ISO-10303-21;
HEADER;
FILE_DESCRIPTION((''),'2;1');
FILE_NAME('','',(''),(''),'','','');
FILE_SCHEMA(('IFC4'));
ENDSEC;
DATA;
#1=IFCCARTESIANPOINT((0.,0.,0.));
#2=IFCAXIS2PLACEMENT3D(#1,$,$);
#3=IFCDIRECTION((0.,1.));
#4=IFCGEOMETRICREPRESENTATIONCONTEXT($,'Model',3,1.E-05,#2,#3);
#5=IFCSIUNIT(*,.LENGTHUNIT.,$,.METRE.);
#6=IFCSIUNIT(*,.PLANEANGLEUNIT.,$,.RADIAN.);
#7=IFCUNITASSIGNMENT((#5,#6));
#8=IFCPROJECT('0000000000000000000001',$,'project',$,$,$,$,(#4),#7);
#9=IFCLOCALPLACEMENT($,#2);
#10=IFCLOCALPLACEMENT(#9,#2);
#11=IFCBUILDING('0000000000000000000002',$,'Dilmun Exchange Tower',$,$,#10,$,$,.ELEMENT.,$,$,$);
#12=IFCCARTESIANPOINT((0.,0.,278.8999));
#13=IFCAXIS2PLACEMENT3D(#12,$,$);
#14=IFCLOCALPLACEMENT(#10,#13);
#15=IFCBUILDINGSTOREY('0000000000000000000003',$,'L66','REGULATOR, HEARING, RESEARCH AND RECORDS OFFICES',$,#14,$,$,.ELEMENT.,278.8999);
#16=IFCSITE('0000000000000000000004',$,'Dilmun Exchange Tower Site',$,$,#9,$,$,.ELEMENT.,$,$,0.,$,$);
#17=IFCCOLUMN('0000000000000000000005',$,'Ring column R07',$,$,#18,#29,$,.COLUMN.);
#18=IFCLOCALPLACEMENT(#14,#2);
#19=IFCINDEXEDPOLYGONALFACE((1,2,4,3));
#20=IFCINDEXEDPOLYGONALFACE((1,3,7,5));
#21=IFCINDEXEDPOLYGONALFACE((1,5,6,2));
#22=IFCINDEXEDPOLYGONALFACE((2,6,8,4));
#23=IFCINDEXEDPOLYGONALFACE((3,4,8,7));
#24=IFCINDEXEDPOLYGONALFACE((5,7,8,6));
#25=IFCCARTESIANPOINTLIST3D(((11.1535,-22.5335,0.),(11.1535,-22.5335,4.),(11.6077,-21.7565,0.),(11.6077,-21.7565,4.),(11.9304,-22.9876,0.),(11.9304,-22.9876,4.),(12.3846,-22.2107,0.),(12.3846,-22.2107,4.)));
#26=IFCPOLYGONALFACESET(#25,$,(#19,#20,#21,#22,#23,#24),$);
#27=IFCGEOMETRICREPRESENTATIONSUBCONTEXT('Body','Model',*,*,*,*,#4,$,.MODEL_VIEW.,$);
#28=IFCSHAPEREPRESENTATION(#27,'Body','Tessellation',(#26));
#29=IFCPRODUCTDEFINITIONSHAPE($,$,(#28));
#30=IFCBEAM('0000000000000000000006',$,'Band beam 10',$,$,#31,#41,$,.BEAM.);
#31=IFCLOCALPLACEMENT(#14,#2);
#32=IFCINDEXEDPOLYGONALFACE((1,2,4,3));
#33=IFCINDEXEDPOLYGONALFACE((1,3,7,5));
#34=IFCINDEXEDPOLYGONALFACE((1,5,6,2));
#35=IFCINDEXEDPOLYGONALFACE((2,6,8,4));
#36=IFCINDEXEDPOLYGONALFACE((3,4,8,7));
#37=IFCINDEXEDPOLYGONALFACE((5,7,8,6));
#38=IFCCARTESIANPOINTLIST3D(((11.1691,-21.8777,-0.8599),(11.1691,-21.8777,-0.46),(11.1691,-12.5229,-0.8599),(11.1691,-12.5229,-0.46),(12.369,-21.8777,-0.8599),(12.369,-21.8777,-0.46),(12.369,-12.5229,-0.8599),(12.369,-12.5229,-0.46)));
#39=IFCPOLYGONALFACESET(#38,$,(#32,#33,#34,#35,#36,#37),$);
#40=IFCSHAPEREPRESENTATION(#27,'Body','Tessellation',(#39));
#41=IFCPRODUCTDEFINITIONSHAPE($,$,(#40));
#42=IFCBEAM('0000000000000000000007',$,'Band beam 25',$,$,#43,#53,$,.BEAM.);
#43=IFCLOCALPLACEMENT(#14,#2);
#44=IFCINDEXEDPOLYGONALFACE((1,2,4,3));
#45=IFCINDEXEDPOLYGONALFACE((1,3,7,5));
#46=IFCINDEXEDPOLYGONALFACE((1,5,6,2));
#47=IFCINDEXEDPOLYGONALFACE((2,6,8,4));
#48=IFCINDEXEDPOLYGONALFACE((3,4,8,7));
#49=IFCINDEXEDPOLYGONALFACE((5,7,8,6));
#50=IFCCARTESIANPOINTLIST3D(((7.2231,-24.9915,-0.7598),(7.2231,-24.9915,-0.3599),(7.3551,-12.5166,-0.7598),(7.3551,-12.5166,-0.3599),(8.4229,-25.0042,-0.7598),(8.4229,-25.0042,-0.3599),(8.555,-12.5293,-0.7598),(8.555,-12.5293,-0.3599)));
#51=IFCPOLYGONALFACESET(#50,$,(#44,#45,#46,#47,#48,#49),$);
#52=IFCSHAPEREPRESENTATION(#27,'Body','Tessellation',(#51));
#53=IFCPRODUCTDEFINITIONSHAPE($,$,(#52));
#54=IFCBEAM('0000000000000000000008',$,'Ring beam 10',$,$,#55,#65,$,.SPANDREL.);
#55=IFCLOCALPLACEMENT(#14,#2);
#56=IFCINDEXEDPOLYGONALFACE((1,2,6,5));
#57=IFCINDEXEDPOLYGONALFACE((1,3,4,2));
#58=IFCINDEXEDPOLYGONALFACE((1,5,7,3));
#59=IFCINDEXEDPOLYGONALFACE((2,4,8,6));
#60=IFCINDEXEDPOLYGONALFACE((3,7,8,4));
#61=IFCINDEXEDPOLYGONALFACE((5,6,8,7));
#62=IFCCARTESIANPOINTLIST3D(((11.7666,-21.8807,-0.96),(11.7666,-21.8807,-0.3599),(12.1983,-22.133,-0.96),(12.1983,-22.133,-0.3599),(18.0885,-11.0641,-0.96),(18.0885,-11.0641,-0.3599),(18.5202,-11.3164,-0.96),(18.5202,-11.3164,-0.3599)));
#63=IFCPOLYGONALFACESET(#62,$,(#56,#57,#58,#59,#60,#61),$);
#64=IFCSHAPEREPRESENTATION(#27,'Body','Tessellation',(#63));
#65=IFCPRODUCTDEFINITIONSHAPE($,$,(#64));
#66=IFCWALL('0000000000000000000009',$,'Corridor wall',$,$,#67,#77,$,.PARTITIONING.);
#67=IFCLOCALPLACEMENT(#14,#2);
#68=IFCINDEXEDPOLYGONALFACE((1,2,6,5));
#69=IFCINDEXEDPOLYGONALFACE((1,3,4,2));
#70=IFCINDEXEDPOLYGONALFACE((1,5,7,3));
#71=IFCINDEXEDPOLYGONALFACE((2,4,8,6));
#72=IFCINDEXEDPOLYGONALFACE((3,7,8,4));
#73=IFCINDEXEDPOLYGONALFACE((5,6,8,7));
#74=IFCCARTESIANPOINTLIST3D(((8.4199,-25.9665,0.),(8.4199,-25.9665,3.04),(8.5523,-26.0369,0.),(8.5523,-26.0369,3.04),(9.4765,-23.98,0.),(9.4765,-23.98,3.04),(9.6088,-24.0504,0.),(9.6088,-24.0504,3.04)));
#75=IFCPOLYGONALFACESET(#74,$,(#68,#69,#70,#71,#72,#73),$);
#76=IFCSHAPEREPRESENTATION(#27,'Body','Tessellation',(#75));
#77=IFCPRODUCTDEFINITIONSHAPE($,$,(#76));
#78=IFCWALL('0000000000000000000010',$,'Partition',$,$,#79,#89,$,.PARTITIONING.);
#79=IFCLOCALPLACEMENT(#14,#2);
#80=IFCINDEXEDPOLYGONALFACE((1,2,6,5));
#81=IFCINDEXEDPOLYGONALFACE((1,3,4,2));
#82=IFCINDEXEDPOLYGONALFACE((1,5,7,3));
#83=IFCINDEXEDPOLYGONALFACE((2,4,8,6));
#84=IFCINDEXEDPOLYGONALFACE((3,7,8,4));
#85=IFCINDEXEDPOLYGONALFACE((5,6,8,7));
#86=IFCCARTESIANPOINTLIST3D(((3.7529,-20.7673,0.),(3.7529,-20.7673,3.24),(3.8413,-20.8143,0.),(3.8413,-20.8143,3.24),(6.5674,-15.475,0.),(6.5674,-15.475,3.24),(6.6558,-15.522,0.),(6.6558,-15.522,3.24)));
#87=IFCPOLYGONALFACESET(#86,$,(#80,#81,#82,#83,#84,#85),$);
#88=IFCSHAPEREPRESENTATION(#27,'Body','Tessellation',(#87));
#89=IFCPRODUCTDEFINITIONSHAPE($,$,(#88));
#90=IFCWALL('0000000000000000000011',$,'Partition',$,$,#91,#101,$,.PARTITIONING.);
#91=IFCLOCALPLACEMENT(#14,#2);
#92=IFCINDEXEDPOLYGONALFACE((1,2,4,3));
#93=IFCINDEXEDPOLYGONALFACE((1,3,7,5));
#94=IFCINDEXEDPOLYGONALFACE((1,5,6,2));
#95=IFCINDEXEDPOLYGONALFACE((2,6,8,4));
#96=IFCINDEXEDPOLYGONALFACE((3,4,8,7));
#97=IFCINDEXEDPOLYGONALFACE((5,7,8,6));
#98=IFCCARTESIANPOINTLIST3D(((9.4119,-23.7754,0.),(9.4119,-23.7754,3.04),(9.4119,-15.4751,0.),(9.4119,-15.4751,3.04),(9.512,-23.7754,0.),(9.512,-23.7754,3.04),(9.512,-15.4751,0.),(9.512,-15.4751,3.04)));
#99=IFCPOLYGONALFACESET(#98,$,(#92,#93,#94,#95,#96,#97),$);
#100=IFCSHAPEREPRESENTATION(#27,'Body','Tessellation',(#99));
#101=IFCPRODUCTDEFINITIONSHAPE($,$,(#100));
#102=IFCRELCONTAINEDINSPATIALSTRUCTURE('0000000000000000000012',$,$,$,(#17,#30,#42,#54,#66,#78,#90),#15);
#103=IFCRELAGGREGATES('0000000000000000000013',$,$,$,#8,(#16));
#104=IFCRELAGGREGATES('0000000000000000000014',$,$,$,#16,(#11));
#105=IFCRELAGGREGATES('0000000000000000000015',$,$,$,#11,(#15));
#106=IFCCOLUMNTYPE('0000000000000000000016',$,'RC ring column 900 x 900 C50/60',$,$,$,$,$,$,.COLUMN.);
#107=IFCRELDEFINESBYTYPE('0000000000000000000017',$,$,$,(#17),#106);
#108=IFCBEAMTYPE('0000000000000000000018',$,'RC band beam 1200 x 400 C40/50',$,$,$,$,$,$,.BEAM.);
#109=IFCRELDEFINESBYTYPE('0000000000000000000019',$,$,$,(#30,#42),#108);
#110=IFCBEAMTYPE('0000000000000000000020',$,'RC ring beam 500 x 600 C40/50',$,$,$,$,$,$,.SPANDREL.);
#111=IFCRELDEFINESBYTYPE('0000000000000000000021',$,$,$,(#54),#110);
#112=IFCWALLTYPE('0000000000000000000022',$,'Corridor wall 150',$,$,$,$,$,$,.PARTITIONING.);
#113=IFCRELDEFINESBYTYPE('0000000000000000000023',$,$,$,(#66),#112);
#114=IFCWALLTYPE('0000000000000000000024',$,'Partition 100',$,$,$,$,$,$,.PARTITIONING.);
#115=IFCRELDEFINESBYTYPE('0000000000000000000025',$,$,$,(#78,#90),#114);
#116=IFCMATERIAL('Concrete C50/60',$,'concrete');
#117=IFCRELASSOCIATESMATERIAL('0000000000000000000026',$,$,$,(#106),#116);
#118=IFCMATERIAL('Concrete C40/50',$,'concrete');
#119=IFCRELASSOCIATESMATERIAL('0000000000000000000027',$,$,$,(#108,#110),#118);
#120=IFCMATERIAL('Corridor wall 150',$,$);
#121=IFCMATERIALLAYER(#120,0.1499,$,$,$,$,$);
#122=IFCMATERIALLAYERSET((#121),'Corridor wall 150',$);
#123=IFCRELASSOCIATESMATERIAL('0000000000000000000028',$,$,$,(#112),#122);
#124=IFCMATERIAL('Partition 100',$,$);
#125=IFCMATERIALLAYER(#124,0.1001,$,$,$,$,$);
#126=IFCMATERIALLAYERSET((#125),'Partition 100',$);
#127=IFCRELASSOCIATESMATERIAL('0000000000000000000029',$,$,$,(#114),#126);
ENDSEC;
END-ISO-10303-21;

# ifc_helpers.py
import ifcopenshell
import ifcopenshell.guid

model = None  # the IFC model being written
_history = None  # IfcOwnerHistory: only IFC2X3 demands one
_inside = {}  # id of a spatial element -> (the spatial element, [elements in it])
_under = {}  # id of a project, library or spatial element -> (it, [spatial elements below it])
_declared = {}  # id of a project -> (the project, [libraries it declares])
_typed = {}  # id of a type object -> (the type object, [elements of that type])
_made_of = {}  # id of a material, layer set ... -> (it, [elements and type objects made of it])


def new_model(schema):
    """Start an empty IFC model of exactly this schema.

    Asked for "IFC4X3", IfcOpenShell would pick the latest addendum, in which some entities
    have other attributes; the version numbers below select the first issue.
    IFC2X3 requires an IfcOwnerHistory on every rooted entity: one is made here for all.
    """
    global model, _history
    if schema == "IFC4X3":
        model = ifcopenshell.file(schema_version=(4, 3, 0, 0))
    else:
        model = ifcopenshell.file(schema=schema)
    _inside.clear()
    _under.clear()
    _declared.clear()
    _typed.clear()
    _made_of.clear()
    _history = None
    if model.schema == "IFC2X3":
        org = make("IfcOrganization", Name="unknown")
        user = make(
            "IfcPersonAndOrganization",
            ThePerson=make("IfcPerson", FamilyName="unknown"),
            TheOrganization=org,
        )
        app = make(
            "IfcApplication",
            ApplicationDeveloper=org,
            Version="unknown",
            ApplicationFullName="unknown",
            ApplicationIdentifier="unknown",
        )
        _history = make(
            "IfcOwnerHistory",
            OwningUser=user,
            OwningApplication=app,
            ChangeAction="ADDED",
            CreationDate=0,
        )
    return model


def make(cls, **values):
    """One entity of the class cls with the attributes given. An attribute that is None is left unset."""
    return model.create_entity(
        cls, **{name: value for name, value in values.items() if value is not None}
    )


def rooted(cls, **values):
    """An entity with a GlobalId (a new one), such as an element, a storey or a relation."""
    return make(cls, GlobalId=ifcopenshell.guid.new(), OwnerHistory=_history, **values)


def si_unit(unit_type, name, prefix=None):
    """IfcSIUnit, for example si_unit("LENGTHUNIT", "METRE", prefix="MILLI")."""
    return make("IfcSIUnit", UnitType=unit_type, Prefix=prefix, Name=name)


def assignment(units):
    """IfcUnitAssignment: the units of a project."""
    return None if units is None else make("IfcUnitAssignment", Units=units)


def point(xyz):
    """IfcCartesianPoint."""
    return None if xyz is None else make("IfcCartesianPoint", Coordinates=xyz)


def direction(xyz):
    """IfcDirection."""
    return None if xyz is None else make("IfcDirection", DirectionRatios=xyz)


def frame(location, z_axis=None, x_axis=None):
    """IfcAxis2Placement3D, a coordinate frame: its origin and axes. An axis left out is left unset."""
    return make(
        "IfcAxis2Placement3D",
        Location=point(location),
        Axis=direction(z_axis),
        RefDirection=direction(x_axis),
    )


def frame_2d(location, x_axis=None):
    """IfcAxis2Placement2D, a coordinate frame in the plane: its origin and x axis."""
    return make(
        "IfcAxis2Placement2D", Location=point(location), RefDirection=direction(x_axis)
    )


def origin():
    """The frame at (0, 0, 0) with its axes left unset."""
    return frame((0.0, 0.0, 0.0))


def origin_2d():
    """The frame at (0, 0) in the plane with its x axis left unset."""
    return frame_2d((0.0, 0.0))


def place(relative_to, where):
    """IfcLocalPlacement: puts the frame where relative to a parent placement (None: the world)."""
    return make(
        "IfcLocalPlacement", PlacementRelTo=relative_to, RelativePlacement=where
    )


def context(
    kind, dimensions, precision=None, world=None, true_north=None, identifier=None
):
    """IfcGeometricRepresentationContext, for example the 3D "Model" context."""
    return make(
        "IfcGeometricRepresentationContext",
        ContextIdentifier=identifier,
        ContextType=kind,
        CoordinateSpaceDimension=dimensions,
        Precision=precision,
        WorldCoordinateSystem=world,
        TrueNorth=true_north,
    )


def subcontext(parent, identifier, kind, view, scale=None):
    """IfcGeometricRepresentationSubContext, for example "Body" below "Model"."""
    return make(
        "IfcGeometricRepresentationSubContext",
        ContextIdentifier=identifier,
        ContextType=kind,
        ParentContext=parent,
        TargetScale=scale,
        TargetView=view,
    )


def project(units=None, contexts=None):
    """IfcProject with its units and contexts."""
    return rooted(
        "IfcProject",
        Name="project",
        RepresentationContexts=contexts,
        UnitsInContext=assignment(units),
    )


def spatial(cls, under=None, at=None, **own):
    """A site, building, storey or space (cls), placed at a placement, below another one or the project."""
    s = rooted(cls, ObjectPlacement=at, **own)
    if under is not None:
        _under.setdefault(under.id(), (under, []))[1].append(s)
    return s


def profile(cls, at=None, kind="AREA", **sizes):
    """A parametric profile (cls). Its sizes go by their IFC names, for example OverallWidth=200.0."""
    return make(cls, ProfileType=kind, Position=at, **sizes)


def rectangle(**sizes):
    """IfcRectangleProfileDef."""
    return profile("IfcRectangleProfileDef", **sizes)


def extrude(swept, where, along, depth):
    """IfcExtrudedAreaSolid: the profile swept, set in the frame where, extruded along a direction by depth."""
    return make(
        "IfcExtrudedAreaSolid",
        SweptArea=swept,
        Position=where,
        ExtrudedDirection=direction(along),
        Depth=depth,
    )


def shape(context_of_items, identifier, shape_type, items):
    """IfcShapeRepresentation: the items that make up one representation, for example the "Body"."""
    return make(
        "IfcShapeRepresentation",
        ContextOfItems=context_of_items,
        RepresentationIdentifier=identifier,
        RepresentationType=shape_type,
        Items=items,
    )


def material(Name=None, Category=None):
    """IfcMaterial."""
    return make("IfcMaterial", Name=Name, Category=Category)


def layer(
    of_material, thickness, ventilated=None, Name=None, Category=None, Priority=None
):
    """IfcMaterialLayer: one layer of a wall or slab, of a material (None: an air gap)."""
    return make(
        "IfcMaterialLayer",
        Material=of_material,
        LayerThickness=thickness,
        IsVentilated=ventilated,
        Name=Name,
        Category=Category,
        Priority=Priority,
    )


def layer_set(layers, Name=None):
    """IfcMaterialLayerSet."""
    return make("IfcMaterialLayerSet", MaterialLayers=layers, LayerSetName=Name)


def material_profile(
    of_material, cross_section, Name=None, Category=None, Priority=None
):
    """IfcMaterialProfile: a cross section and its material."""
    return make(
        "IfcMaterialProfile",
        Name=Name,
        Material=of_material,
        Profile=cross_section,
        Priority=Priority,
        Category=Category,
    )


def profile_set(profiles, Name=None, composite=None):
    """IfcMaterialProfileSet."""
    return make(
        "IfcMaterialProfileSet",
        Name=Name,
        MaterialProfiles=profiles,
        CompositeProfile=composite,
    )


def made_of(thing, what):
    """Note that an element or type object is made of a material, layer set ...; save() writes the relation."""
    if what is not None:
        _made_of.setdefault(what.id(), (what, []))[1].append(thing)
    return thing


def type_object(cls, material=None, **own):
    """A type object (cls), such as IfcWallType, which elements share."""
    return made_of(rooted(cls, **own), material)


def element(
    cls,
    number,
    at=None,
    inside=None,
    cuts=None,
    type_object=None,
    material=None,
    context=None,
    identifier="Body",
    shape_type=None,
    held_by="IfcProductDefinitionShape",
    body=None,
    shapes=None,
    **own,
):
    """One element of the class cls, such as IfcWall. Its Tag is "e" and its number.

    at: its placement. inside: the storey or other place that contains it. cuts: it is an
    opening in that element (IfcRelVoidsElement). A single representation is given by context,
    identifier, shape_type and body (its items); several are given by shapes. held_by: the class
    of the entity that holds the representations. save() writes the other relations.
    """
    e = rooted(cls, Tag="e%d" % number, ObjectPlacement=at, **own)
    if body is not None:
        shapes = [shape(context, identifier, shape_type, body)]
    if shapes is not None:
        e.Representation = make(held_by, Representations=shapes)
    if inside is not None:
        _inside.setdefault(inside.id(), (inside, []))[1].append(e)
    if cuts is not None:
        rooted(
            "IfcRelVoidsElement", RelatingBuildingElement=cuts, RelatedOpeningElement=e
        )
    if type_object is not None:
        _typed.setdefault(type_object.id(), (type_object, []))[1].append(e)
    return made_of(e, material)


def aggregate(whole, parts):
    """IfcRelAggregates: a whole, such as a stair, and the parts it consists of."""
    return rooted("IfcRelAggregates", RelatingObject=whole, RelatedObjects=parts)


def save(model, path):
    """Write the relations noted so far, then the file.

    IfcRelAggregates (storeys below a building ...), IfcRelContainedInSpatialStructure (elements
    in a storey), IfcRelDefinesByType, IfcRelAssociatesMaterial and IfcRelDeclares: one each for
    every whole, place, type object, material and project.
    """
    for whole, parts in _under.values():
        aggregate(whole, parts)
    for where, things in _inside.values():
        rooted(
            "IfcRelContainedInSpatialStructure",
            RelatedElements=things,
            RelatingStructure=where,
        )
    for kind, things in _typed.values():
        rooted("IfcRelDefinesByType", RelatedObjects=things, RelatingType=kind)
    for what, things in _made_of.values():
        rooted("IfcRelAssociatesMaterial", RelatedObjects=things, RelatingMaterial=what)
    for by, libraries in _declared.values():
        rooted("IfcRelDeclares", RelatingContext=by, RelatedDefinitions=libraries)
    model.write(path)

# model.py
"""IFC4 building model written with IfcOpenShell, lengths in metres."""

from ifc_helpers import new_model, si_unit, direction, frame, frame_2d, origin, origin_2d, place, context, subcontext, project, spatial, rectangle, extrude, material, layer, layer_set, material_profile, profile_set, type_object, element, save


model = new_model("IFC4")

# Units and contexts
model_context = context("Model", 3, precision=1e-05, world=origin(), true_north=direction((0.0, 1.0)))
body_context = subcontext(model_context, "Body", "Model", "MODEL_VIEW")
ifc_project = project(units=[si_unit("LENGTHUNIT", "METRE"), si_unit("PLANEANGLEUNIT", "RADIAN")], contexts=[model_context])

# Site, building, storey
site_placement = place(None, origin())
site = spatial("IfcSite", under=ifc_project, at=site_placement, Name="Dilmun Exchange Tower Site", CompositionType="ELEMENT", RefElevation=0.0)
building_placement = place(site_placement, origin())
building = spatial("IfcBuilding", under=site, at=building_placement, Name="Dilmun Exchange Tower", CompositionType="ELEMENT")
storey_placement = place(building_placement, frame((0.0, 0.0, 278.8999)))
storey = spatial("IfcBuildingStorey", under=building, at=storey_placement, Name="L66", Description="REGULATOR, HEARING, RESEARCH AND RECORDS OFFICES", CompositionType="ELEMENT", Elevation=278.8999)

# Column
ifc_material_1 = material(Name="Concrete C50/60", Category="concrete")
ifc_material_profile_1 = material_profile(ifc_material_1, rectangle(XDim=0.8999, YDim=0.8999, at=origin_2d()), Name="900 x 900")
ifc_profile_set_1 = profile_set([ifc_material_profile_1], Name="Concrete C50/60")
column_type = type_object("IfcColumnType", Name="RC ring column 900 x 900 C50/60", PredefinedType="COLUMN", material=ifc_profile_set_1)
column_placement = place(storey_placement, frame((11.769, -22.3721, 0.0), z_axis=(0.0, 0.0, 1.0), x_axis=(0.504644, 0.863328, 0.0)))
element("IfcColumn", 1, at=column_placement, inside=storey, type_object=column_type, Name="Ring column R07", PredefinedType="COLUMN", context=body_context, shape_type="SweptSolid", body=[
    extrude(rectangle(XDim=0.8999, YDim=0.8999, at=origin_2d()), origin(), (0.0, 0.0, 1.0), 4.0),
])

# Beams
ifc_material_2 = material(Name="Concrete C40/50", Category="concrete")
ifc_material_profile_2 = material_profile(ifc_material_2, rectangle(XDim=1.2, YDim=0.3999, at=origin_2d()), Name="1200 x 400")
ifc_profile_set_2 = profile_set([ifc_material_profile_2], Name="Concrete C40/50")
beam_type_1 = type_object("IfcBeamType", Name="RC band beam 1200 x 400 C40/50", PredefinedType="BEAM", material=ifc_profile_set_2)
beam_1_placement = place(storey_placement, frame((11.769, -21.8777, -0.6599), z_axis=(0.0, 1.0, 0.0), x_axis=(-1.0, 0.0, 0.0)))
element("IfcBeam", 2, at=beam_1_placement, inside=storey, type_object=beam_type_1, Name="Band beam 10", PredefinedType="BEAM", context=body_context, shape_type="SweptSolid", body=[
    extrude(rectangle(XDim=1.2, YDim=0.3999, at=origin_2d()), origin(), (0.0, 0.0, 1.0), 9.3547),
])
beam_2_placement = place(storey_placement, frame((7.823, -24.9978, -0.5598), z_axis=(0.010587, 0.999944, 0.0), x_axis=(-0.999944, 0.010587, 0.0)))
element("IfcBeam", 3, at=beam_2_placement, inside=storey, type_object=beam_type_1, Name="Band beam 25", PredefinedType="BEAM", context=body_context, shape_type="SweptSolid", body=[
    extrude(rectangle(XDim=1.2, YDim=0.3999, at=origin_2d()), origin(), (0.0, 0.0, 1.0), 12.4756),
])
ifc_material_profile_3 = material_profile(ifc_material_2, rectangle(XDim=0.5, YDim=0.6001, at=origin_2d()), Name="500 x 600")
ifc_profile_set_3 = profile_set([ifc_material_profile_3], Name="Concrete C40/50")
beam_type_2 = type_object("IfcBeamType", Name="RC ring beam 500 x 600 C40/50", PredefinedType="SPANDREL", material=ifc_profile_set_3)
beam_3_placement = place(storey_placement, frame((11.9824, -22.0068, -0.6599), z_axis=(0.504604, 0.863351, 0.0), x_axis=(-0.863351, 0.504604, 0.0)))
element("IfcBeam", 4, at=beam_3_placement, inside=storey, type_object=beam_type_2, Name="Ring beam 10", PredefinedType="SPANDREL", context=body_context, shape_type="SweptSolid", body=[
    extrude(rectangle(XDim=0.5, YDim=0.6001, at=origin_2d()), origin(), (0.0, 0.0, 1.0), 12.5286),
])

# Walls
ifc_material_3 = material(Name="Corridor wall 150")
ifc_layer_1 = layer(ifc_material_3, 0.1499)
ifc_layer_set_1 = layer_set([ifc_layer_1], Name="Corridor wall 150")
wall_type_1 = type_object("IfcWallType", Name="Corridor wall 150", PredefinedType="PARTITIONING", material=ifc_layer_set_1)
wall_1_placement = place(storey_placement, frame((8.4861, -26.0017, 0.0), z_axis=(0.0, 0.0, 1.0), x_axis=(0.469597, 0.882881, 0.0)))
element("IfcWall", 5, at=wall_1_placement, inside=storey, type_object=wall_type_1, Name="Corridor wall", PredefinedType="PARTITIONING", context=body_context, shape_type="SweptSolid", body=[
    extrude(rectangle(XDim=2.25, YDim=0.1499, at=frame_2d((1.125, 0.0))), origin(), (0.0, 0.0, 1.0), 3.04),
])
ifc_material_4 = material(Name="Partition 100")
ifc_layer_2 = layer(ifc_material_4, 0.1001)
ifc_layer_set_2 = layer_set([ifc_layer_2], Name="Partition 100")
wall_type_2 = type_object("IfcWallType", Name="Partition 100", PredefinedType="PARTITIONING", material=ifc_layer_set_2)
wall_2_placement = place(storey_placement, frame((3.7971, -20.7908, 0.0), z_axis=(0.0, 0.0, 1.0), x_axis=(0.469539, 0.882912, 0.0)))
element("IfcWall", 6, at=wall_2_placement, inside=storey, type_object=wall_type_2, Name="Partition", PredefinedType="PARTITIONING", context=body_context, shape_type="SweptSolid", body=[
    extrude(rectangle(XDim=5.9941, YDim=0.1001, at=frame_2d((2.9971, 0.0))), origin(), (0.0, 0.0, 1.0), 3.24),
])
wall_3_placement = place(storey_placement, frame((9.4619, -23.7754, 0.0), z_axis=(0.0, 0.0, 1.0), x_axis=(0.0, 1.0, 0.0)))
element("IfcWall", 7, at=wall_3_placement, inside=storey, type_object=wall_type_2, Name="Partition", PredefinedType="PARTITIONING", context=body_context, shape_type="SweptSolid", body=[
    extrude(rectangle(XDim=8.3003, YDim=0.1001, at=frame_2d((4.1501, 0.0))), origin(), (0.0, 0.0, 1.0), 3.04),
])

save(model, "model.ifc")
